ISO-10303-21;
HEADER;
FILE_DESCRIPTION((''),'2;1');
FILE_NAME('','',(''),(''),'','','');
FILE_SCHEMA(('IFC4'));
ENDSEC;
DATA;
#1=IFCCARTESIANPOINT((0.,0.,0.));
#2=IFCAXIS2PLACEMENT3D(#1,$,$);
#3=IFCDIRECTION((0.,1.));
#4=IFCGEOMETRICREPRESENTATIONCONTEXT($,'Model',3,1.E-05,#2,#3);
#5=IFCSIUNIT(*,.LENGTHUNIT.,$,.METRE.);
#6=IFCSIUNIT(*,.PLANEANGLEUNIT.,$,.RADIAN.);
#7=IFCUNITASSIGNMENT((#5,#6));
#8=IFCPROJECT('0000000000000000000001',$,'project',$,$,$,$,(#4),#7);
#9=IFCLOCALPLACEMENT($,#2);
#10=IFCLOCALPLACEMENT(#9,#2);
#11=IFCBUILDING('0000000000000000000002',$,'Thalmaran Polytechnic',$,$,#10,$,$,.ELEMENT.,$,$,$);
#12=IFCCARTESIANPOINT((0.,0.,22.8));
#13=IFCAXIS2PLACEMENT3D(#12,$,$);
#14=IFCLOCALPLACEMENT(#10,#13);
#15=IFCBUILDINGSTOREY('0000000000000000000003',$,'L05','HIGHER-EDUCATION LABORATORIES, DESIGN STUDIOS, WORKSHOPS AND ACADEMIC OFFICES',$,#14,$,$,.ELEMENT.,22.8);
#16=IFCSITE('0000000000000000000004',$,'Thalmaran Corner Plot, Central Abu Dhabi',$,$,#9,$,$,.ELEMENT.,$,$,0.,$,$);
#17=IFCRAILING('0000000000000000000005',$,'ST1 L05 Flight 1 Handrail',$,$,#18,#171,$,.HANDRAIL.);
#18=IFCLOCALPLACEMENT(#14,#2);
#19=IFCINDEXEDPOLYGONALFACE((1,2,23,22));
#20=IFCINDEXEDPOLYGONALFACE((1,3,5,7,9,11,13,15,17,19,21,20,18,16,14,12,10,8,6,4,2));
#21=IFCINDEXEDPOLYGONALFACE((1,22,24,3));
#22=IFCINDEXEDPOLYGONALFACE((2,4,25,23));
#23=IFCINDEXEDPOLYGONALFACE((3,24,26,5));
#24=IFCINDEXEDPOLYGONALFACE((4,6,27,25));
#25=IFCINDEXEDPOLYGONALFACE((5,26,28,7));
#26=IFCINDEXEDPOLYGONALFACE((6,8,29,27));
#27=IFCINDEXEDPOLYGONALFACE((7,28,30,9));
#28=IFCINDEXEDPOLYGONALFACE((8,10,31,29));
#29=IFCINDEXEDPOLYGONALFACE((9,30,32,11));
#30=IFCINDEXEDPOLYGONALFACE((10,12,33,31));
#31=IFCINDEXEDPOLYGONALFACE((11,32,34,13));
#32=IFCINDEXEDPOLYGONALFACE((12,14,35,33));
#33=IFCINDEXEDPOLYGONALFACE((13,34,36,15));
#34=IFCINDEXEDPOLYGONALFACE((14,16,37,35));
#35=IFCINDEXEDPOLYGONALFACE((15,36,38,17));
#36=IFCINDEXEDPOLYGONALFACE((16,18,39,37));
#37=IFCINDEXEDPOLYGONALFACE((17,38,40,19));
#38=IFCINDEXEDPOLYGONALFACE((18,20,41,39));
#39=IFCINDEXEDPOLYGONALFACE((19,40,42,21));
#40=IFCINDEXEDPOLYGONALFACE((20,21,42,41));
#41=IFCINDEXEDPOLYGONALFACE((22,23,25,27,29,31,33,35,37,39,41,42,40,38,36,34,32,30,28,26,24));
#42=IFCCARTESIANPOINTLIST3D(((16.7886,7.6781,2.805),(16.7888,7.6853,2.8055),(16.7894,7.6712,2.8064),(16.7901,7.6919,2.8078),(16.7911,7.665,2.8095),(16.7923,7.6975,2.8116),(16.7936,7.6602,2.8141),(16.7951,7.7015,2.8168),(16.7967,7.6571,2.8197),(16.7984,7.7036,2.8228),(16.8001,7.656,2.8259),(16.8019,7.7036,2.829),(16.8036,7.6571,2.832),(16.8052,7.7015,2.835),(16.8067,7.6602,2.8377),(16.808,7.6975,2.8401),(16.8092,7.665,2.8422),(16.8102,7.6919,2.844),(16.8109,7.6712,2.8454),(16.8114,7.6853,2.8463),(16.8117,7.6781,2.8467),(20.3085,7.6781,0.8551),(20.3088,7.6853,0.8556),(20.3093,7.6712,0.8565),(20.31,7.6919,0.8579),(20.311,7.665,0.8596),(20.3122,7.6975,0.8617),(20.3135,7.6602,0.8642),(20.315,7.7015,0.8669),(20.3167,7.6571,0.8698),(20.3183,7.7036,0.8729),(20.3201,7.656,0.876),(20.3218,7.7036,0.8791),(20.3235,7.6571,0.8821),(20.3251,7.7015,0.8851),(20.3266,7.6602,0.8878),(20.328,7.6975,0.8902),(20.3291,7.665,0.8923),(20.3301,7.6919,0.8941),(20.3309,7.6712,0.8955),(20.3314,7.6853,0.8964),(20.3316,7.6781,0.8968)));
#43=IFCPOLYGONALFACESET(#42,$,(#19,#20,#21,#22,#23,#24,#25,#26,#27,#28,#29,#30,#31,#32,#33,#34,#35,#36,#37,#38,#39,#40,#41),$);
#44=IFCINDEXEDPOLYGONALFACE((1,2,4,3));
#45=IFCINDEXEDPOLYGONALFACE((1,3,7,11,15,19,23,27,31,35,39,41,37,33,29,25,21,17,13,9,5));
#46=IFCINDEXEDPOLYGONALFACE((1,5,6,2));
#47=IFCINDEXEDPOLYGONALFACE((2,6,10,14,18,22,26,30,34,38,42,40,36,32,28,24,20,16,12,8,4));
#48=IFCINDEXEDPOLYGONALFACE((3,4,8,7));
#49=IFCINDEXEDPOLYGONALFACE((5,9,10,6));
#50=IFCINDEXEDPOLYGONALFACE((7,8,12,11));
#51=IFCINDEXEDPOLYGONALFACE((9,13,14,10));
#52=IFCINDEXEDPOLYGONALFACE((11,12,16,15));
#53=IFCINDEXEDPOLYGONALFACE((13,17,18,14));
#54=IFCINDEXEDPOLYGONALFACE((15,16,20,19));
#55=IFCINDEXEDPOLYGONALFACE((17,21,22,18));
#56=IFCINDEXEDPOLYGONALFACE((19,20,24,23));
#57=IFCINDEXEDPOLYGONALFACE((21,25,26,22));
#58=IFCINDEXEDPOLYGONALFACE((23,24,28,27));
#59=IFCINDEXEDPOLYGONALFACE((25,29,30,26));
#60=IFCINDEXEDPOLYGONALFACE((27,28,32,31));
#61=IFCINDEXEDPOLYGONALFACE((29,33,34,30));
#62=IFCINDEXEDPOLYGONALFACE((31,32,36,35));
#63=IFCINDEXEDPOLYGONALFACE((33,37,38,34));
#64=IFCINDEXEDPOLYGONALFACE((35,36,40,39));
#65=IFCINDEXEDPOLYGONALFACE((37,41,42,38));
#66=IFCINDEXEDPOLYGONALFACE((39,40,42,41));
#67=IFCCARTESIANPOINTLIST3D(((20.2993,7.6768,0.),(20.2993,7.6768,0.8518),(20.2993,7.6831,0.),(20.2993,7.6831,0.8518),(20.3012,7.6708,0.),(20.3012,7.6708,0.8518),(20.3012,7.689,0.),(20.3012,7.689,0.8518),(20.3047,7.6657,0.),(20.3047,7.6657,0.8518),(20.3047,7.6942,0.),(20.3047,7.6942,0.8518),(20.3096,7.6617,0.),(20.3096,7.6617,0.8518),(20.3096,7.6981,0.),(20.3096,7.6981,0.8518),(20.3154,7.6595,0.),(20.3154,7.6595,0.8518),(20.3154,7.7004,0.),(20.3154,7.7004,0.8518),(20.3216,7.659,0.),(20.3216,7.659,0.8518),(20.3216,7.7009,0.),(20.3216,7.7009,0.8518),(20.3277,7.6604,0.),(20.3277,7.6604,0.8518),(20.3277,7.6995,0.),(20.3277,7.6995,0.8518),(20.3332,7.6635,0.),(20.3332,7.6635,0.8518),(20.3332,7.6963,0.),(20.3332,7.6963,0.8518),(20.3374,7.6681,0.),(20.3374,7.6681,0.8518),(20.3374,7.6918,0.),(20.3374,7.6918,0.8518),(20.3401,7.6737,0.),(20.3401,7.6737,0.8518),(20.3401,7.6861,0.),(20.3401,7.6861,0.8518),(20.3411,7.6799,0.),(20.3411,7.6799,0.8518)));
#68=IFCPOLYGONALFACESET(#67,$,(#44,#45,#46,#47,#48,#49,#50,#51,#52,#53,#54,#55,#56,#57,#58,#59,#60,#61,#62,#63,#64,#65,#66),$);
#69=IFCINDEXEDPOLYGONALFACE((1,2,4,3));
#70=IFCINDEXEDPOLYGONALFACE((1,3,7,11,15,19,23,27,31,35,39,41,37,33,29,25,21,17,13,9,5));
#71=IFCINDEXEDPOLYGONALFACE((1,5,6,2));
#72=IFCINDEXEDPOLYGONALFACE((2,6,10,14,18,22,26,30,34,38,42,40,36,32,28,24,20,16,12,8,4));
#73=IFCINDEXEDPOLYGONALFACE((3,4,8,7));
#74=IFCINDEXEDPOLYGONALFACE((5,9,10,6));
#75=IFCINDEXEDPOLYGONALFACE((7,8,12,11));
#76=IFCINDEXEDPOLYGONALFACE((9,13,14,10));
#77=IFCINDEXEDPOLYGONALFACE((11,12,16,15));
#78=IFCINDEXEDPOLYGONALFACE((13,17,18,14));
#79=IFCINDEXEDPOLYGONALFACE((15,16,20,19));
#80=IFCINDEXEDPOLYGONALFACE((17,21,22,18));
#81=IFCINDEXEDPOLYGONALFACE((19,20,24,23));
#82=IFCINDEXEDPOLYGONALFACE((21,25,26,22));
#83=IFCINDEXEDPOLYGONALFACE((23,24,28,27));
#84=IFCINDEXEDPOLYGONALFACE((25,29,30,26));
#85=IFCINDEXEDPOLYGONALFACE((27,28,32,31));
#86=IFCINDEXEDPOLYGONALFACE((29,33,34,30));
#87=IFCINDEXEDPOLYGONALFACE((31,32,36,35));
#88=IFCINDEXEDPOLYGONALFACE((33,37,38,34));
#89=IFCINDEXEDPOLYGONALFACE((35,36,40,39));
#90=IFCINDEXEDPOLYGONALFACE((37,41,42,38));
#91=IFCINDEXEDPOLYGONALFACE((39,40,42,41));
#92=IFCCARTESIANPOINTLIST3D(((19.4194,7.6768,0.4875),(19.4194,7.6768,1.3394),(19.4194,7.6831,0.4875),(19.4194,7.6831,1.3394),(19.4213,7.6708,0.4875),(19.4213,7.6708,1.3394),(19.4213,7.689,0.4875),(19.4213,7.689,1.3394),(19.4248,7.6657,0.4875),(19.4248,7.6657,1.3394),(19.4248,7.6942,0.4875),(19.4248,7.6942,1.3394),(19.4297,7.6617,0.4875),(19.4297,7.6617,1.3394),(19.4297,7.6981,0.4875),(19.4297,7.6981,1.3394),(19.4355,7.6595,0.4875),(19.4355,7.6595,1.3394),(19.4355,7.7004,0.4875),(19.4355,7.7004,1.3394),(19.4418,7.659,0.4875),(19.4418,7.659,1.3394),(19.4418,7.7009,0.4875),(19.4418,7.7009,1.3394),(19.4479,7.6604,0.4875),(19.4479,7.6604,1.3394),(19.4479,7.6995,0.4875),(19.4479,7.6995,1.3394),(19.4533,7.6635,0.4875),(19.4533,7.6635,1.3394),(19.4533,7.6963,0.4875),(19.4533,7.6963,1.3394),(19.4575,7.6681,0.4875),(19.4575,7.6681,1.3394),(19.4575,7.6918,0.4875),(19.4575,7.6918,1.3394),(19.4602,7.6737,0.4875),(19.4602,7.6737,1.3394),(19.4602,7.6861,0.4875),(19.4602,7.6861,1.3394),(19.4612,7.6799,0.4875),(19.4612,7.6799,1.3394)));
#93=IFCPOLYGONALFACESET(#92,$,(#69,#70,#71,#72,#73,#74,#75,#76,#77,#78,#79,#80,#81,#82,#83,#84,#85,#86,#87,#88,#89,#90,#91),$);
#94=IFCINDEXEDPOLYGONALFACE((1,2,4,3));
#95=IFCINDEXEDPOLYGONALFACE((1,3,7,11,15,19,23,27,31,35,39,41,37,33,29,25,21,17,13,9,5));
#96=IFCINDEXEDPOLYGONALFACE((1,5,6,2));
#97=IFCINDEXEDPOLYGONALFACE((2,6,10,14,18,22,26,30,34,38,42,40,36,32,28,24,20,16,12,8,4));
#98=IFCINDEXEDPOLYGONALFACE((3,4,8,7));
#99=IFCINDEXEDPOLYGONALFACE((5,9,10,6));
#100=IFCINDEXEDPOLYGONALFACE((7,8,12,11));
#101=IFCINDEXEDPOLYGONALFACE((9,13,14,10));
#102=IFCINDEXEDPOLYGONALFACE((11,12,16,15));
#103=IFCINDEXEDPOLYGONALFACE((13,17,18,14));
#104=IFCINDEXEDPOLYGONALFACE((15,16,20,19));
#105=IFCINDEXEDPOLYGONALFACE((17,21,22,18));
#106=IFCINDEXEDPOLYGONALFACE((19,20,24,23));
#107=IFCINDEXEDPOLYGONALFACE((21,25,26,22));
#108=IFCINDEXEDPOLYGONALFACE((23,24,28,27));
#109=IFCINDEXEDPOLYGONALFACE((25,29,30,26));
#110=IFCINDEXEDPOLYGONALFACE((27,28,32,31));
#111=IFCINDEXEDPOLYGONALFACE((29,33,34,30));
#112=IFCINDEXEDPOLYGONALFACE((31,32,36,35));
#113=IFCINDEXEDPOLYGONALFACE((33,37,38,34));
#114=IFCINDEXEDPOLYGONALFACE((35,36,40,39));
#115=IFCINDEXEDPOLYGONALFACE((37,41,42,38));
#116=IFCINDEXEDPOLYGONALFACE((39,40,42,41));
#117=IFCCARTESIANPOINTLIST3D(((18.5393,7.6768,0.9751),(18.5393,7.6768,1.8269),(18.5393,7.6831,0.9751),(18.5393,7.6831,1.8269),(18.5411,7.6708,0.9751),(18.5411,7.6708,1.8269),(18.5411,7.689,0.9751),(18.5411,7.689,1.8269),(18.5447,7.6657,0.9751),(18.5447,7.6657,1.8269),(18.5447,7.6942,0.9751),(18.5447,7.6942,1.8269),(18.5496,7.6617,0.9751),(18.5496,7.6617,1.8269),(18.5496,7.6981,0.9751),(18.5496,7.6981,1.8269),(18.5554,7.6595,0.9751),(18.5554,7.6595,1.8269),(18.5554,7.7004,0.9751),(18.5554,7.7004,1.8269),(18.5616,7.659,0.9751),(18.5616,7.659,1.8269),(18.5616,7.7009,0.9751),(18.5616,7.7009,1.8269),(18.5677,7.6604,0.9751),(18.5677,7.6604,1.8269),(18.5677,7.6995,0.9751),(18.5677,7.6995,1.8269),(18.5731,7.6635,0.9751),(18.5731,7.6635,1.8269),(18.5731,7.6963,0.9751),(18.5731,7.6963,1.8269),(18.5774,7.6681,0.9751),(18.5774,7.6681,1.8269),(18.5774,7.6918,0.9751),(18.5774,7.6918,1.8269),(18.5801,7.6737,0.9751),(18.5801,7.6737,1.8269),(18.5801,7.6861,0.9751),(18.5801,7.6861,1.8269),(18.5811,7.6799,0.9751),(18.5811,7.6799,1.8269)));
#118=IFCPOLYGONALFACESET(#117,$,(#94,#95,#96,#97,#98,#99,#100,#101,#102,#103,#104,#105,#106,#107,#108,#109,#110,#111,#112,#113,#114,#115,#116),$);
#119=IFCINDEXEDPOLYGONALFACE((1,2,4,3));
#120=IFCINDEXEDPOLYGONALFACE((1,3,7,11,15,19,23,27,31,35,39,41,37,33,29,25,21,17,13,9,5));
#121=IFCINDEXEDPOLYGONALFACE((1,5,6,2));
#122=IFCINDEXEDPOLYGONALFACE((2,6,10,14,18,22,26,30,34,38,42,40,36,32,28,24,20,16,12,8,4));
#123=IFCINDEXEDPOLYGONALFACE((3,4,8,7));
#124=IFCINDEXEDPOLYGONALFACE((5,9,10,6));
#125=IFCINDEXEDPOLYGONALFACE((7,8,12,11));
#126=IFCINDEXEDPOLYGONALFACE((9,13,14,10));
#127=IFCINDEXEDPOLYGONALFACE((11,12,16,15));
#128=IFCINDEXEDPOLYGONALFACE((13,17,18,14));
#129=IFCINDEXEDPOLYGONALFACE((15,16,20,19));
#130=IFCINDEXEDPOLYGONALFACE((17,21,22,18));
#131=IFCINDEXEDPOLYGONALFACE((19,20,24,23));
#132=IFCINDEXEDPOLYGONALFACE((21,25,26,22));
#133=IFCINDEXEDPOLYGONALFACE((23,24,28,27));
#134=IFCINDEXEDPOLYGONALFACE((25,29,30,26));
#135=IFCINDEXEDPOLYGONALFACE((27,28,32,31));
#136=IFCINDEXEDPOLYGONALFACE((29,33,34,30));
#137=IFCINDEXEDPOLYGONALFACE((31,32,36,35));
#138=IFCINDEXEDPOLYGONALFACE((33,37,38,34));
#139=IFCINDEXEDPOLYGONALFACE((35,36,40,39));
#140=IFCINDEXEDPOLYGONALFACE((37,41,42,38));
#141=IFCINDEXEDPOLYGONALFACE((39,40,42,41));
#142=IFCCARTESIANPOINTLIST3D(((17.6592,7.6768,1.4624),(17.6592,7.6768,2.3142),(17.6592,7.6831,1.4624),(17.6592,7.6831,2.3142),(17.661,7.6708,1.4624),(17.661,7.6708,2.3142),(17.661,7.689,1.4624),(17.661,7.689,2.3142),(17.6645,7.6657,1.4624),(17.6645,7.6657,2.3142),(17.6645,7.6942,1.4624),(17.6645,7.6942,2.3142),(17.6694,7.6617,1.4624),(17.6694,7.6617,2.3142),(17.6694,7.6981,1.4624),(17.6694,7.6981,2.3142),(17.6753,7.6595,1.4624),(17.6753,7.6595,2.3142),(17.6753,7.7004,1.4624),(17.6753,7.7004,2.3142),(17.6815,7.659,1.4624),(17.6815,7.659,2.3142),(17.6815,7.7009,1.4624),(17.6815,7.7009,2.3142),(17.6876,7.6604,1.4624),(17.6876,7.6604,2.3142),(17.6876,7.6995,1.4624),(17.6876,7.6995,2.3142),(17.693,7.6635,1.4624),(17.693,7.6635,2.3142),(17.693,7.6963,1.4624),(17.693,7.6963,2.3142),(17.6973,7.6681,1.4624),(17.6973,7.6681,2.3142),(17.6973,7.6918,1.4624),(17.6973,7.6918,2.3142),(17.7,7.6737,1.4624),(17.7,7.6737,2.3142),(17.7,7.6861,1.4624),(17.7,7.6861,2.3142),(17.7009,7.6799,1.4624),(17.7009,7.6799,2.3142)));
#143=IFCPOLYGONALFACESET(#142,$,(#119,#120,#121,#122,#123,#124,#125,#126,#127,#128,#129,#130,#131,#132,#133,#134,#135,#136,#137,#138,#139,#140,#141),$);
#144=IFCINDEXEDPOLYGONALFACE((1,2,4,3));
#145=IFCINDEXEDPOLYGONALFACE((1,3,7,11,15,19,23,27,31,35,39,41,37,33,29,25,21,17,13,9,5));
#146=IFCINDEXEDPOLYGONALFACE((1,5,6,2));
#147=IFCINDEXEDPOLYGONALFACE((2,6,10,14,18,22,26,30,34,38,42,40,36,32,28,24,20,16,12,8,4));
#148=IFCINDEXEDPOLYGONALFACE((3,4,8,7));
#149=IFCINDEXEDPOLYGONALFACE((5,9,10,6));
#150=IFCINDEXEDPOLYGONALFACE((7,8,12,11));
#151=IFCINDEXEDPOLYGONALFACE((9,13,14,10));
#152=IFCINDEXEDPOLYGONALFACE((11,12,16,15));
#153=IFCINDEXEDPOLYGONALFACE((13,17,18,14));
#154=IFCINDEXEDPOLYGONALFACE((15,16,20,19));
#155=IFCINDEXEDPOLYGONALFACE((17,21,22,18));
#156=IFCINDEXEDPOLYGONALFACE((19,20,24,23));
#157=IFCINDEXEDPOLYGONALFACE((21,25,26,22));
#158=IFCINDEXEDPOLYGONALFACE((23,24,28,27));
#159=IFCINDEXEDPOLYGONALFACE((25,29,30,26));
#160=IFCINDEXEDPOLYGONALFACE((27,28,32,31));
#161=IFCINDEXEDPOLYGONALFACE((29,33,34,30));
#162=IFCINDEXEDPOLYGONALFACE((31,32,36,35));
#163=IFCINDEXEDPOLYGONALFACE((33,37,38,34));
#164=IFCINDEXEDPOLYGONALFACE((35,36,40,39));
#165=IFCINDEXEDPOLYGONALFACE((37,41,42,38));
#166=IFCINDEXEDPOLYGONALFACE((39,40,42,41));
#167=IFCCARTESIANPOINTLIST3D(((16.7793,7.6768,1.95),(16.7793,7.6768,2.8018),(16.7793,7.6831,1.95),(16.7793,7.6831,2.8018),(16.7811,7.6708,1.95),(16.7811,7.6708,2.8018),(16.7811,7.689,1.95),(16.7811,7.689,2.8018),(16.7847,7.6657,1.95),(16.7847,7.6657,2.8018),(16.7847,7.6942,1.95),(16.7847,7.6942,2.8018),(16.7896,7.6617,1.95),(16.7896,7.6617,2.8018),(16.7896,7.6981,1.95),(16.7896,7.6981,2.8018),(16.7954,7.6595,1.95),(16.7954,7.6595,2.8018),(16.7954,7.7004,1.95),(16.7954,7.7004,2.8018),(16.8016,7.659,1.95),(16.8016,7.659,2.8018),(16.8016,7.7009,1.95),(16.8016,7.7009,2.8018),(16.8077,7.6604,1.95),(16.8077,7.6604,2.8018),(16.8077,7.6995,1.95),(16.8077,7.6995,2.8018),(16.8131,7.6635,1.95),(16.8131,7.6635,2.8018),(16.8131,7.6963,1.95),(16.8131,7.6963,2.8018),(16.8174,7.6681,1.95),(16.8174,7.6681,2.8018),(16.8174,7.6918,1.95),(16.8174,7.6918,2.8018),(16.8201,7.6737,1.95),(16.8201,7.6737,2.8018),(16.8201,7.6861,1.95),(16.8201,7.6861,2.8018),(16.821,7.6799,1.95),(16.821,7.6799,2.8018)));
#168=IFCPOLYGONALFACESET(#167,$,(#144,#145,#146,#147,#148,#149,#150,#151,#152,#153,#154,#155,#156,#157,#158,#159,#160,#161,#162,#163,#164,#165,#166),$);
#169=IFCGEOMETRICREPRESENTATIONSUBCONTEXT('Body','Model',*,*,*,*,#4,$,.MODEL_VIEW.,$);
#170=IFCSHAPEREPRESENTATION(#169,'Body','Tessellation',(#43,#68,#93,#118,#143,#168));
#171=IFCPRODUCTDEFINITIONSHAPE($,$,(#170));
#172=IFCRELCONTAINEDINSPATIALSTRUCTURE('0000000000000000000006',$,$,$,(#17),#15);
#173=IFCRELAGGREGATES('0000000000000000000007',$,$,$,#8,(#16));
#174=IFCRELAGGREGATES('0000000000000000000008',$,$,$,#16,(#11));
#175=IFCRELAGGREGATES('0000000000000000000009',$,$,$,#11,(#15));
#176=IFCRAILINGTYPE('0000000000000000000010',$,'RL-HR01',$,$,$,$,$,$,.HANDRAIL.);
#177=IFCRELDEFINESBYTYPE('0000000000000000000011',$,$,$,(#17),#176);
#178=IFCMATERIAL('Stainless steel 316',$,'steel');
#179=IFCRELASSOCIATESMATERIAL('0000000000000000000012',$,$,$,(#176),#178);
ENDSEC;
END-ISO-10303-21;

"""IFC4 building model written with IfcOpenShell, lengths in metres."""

from ifc_helpers import new_model, si_unit, direction, frame, origin, origin_2d, place, context, subcontext, project, spatial, circle, extrude, material, type_object, element, save


model = new_model("IFC4")

# Units and contexts
model_context = context("Model", 3, precision=1e-05, world=origin(), true_north=direction((0.0, 1.0)))
body_context = subcontext(model_context, "Body", "Model", "MODEL_VIEW")
ifc_project = project(units=[si_unit("LENGTHUNIT", "METRE"), si_unit("PLANEANGLEUNIT", "RADIAN")], contexts=[model_context])

# Site, building, storey
site_placement = place(None, origin())
site = spatial("IfcSite", under=ifc_project, at=site_placement, Name="Thalmaran Corner Plot, Central Abu Dhabi", CompositionType="ELEMENT", RefElevation=0.0)
building_placement = place(site_placement, origin())
building = spatial("IfcBuilding", under=site, at=building_placement, Name="Thalmaran Polytechnic", CompositionType="ELEMENT")
storey_placement = place(building_placement, frame((0.0, 0.0, 22.8)))
storey = spatial("IfcBuildingStorey", under=building, at=storey_placement, Name="L05", Description="HIGHER-EDUCATION LABORATORIES, DESIGN STUDIOS, WORKSHOPS AND ACADEMIC OFFICES", CompositionType="ELEMENT", Elevation=22.8)

# Railing
ifc_material_1 = material(Name="Stainless steel 316", Category="steel")
railing_type_1 = type_object("IfcRailingType", Name="RL-HR01", PredefinedType="HANDRAIL", material=ifc_material_1)
railing_1_placement = place(storey_placement, frame((20.3201, 7.6799, 0.0)))
element("IfcRailing", 1, at=railing_1_placement, inside=storey, type_object=railing_type_1, Name="ST1 L05 Flight 1 Handrail", PredefinedType="HANDRAIL", context=body_context, shape_type="SweptSolid", body=[
    extrude(circle(Radius=0.0239, at=origin_2d()), frame((0.0, 0.0, 0.876), z_axis=(-0.874749, 0.0, 0.484576), x_axis=(0.0, -1.0, 0.0)), (0.0, 0.0, 1.0), 4.0239),
    extrude(circle(Radius=0.021, at=origin_2d()), origin(), (0.0, 0.0, 1.0), 0.8518),
    extrude(circle(Radius=0.021, at=origin_2d()), frame((-0.8799, 0.0, 0.4875)), (0.0, 0.0, 1.0), 0.8518),
    extrude(circle(Radius=0.021, at=origin_2d()), frame((-1.76, 0.0, 0.9751)), (0.0, 0.0, 1.0), 0.8518),
    extrude(circle(Radius=0.021, at=origin_2d()), frame((-2.6401, 0.0, 1.4624)), (0.0, 0.0, 1.0), 0.8518),
    extrude(circle(Radius=0.021, at=origin_2d()), frame((-3.52, 0.0, 1.95)), (0.0, 0.0, 1.0), 0.8518),
])

save(model, "model.ifc")
